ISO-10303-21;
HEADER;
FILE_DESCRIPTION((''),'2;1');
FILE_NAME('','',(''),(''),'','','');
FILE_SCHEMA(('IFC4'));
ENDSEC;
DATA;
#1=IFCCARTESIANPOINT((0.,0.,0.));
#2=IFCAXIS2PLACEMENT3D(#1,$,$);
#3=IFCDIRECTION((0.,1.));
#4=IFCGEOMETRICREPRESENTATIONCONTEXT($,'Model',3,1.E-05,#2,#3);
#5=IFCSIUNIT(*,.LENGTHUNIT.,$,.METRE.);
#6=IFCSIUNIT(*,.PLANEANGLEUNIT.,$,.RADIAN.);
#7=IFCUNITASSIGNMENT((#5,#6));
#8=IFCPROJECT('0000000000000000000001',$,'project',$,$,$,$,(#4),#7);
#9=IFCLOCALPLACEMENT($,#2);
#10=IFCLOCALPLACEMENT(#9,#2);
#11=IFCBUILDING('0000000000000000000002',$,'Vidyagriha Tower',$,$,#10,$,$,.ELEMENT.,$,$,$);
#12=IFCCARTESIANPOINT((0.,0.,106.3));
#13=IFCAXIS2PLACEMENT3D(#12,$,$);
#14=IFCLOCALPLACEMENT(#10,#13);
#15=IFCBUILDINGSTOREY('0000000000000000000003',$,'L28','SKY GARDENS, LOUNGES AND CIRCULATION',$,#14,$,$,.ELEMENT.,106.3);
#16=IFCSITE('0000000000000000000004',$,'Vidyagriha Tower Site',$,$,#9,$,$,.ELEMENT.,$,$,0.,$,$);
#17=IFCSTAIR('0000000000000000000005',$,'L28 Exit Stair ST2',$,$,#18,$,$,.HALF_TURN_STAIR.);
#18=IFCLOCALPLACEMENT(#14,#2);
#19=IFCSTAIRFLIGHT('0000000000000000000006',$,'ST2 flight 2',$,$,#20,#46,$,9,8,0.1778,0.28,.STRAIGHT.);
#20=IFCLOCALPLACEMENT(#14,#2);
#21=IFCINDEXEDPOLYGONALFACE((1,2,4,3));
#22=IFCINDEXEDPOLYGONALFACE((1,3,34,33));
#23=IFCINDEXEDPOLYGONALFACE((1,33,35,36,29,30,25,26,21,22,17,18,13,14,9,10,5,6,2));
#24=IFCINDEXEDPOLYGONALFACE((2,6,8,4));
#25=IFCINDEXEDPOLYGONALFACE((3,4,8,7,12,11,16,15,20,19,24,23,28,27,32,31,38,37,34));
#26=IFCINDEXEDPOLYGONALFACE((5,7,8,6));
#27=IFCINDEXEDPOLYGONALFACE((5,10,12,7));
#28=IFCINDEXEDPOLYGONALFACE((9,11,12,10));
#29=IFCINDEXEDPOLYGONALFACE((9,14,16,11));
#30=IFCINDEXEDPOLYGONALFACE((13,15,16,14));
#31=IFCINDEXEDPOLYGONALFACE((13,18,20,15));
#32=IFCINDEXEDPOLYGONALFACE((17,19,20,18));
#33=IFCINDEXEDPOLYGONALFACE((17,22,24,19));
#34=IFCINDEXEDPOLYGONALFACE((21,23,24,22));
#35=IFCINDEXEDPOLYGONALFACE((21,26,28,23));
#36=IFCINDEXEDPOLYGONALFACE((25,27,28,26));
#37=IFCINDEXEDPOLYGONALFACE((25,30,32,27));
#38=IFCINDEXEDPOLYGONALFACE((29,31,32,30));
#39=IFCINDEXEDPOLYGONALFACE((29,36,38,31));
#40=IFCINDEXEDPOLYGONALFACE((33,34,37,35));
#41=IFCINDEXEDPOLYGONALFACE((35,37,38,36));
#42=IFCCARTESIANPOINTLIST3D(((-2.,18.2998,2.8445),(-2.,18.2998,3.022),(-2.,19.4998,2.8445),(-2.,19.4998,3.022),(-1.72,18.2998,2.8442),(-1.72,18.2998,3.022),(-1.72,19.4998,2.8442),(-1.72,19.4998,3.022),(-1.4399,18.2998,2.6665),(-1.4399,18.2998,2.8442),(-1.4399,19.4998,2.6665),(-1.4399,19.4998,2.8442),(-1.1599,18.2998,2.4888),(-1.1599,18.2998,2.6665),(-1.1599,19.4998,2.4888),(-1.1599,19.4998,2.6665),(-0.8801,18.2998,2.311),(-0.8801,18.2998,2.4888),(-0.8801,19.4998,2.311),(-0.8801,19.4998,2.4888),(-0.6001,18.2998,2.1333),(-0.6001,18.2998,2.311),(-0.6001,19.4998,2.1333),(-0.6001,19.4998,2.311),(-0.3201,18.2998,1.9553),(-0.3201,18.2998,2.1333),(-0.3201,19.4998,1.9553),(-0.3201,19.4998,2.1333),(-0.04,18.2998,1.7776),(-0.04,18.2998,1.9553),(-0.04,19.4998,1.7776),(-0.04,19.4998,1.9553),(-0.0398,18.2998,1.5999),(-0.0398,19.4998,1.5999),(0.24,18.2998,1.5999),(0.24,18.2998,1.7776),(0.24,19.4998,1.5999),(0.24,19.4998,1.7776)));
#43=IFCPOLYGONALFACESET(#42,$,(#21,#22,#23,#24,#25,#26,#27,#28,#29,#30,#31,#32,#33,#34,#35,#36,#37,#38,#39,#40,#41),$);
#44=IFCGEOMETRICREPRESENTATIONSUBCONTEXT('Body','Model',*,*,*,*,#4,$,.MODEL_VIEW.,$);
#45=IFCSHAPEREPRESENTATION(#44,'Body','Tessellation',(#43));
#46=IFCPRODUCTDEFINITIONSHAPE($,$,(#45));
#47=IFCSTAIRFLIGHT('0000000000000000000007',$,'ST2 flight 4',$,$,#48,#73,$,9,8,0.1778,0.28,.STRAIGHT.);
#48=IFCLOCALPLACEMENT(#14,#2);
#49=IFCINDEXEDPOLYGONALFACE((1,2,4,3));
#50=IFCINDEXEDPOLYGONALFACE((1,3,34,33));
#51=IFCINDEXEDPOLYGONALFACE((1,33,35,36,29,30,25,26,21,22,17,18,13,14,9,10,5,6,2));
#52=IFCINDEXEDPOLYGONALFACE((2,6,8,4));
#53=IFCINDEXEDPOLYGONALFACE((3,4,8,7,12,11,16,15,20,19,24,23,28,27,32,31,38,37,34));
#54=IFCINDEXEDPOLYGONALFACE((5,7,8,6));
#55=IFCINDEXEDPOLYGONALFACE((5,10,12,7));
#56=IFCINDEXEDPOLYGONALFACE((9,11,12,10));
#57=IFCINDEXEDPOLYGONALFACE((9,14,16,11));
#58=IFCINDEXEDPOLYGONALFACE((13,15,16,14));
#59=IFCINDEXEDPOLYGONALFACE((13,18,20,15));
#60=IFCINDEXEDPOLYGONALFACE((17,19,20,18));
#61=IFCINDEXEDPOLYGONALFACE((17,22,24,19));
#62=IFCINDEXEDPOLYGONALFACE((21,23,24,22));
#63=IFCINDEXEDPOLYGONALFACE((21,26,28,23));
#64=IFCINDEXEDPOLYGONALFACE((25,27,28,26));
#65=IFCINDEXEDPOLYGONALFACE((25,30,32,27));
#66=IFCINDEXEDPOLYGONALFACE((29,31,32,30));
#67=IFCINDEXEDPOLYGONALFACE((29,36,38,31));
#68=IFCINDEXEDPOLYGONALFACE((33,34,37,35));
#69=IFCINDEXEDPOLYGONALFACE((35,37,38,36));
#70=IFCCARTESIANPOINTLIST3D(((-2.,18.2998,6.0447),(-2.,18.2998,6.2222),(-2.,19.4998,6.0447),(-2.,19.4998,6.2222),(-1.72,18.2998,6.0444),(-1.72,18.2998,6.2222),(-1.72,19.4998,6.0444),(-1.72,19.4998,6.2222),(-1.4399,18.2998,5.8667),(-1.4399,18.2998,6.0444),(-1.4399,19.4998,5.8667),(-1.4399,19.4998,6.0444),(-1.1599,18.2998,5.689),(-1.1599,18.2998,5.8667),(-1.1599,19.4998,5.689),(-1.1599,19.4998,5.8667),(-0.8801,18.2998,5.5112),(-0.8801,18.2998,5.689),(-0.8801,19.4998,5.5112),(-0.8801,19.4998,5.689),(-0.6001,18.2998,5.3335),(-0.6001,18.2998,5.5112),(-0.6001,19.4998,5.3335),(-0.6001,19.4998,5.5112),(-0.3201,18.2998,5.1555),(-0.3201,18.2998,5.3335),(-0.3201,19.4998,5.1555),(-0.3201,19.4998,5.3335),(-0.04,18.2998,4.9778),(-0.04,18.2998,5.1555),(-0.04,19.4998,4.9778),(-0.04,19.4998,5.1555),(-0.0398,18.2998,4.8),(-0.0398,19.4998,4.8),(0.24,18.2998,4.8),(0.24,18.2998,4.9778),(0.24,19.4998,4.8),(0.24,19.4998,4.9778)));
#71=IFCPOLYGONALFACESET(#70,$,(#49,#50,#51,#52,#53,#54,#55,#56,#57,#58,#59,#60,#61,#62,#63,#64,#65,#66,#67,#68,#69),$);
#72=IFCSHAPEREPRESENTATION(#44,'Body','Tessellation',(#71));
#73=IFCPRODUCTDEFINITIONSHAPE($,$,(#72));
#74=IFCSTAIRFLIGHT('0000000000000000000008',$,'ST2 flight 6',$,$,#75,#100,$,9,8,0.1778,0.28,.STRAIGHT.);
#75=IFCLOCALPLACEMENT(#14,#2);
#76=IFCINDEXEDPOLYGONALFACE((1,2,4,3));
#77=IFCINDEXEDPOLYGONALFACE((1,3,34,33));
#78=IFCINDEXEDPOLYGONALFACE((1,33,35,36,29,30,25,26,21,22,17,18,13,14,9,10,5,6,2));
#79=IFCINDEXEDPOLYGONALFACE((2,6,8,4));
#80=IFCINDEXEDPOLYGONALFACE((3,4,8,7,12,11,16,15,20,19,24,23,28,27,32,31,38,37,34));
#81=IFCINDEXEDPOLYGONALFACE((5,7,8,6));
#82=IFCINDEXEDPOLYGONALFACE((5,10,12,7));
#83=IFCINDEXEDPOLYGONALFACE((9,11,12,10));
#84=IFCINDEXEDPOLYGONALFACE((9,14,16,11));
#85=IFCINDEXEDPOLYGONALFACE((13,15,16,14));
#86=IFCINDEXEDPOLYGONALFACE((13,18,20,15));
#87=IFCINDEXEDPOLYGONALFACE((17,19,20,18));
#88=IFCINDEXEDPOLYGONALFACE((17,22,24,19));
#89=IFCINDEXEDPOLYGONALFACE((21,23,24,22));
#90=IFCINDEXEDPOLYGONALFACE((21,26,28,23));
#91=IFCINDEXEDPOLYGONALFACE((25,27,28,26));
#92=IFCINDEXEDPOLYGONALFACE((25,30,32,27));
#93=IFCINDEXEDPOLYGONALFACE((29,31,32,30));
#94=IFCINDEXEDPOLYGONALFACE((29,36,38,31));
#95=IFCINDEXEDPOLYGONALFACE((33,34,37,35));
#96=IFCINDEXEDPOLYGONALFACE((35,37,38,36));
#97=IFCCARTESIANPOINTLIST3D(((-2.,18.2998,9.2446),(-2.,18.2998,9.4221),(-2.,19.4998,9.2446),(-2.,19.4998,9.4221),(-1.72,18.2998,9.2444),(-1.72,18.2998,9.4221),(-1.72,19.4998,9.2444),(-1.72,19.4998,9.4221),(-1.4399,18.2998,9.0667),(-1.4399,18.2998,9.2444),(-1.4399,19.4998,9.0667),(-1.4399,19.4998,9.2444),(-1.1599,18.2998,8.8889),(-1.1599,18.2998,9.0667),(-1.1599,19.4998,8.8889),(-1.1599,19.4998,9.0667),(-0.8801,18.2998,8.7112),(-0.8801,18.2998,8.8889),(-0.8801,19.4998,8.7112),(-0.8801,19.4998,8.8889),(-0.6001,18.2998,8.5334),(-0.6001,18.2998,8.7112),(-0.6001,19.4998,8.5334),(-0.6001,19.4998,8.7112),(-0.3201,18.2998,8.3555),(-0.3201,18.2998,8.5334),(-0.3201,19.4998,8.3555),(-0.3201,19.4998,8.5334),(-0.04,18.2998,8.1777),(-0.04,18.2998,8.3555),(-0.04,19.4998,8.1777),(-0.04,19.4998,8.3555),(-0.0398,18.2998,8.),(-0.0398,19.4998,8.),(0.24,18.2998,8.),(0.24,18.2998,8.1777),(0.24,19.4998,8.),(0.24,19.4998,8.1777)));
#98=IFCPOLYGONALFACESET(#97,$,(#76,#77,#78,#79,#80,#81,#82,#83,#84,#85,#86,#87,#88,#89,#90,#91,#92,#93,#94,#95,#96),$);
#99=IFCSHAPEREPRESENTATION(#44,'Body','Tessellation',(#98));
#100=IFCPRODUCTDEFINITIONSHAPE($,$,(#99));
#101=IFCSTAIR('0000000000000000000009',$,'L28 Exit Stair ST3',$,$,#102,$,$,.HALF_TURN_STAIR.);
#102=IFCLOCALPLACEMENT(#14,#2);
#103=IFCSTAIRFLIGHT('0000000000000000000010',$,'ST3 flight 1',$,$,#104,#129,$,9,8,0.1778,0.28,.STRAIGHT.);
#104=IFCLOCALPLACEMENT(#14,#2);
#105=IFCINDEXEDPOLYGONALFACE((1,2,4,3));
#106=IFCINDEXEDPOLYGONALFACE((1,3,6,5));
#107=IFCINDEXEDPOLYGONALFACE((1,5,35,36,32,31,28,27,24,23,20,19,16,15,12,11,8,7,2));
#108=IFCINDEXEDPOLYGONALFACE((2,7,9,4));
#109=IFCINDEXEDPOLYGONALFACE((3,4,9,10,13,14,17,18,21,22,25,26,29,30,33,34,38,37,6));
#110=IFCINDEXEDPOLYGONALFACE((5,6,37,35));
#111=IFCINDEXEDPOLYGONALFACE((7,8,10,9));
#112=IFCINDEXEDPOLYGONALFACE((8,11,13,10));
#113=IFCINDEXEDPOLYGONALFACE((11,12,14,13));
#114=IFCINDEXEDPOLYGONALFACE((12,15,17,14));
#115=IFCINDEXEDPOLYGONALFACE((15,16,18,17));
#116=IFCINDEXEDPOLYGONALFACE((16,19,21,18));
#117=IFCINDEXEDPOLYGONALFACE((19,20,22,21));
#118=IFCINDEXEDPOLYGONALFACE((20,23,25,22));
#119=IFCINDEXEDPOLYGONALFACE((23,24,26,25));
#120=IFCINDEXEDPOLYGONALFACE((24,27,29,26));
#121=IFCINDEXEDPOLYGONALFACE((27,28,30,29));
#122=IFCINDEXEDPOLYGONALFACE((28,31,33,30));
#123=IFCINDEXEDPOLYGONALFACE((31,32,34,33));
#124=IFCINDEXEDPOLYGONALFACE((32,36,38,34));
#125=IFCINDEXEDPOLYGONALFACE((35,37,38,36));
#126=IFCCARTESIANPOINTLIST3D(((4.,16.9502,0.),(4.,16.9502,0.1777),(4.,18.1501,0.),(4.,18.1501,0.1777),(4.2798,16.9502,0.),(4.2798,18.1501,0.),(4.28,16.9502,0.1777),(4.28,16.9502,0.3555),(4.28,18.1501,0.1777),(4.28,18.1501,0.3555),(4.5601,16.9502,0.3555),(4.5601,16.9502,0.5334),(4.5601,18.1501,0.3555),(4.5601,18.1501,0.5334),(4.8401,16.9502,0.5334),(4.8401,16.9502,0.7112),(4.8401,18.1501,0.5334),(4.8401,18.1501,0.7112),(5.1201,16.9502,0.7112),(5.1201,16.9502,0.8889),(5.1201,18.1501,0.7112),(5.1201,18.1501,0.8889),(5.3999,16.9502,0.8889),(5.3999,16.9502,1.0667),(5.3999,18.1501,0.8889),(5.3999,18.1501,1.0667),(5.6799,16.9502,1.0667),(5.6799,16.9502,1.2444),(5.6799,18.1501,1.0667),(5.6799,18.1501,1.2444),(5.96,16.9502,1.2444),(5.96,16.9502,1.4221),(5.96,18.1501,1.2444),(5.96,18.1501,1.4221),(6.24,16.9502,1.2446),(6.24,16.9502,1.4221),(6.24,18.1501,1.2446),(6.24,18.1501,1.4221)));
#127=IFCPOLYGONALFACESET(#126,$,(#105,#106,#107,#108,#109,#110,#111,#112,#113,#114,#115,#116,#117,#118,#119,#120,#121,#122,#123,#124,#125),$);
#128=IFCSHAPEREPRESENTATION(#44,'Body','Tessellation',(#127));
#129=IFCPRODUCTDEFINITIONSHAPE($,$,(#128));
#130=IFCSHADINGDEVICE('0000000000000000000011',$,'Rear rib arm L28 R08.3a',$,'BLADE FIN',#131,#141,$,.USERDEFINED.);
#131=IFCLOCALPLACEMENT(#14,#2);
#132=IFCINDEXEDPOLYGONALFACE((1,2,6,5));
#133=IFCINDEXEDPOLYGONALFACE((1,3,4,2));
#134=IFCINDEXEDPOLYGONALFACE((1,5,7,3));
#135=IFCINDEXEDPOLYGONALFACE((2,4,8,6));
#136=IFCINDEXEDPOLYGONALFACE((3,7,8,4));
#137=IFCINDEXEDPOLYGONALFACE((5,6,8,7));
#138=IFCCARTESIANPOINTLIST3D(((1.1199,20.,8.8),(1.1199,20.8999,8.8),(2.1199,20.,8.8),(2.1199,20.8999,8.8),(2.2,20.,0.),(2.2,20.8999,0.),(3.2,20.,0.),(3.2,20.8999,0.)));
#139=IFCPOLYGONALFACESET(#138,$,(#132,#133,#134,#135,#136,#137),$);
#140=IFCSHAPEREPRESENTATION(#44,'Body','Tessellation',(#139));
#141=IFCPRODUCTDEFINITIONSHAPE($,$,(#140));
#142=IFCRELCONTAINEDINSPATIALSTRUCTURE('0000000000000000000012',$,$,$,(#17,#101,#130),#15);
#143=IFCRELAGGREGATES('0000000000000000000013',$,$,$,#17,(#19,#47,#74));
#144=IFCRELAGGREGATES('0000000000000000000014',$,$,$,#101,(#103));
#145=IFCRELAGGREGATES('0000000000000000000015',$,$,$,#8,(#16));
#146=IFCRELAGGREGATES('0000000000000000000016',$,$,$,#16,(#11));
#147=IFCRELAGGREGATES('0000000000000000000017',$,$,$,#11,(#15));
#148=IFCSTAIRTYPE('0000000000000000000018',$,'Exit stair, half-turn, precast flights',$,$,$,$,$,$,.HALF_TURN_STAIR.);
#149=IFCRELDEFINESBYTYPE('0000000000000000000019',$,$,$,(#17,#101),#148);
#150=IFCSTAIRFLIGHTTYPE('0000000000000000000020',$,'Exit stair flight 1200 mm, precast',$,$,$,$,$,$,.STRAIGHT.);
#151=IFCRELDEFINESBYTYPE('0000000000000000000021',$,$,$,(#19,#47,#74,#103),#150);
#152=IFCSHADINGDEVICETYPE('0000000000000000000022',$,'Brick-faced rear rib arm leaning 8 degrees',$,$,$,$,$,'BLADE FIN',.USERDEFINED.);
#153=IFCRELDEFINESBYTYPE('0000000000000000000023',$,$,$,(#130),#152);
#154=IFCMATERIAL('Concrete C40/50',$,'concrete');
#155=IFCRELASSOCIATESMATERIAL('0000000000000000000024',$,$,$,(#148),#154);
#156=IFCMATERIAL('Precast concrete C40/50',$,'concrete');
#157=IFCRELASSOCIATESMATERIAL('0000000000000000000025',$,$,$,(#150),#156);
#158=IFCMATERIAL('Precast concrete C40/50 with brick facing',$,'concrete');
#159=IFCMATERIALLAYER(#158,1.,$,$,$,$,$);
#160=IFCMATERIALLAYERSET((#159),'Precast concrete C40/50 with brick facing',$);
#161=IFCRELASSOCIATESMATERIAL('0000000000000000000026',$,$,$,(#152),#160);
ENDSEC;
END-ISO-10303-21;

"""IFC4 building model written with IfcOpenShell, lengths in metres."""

from ifc_helpers import new_model, si_unit, direction, frame, origin, place, context, subcontext, project, spatial, polyline, outline, extrude, material, layer, layer_set, type_object, element, aggregate, save


model = new_model("IFC4")

# Units and contexts
model_context = context("Model", 3, precision=1e-05, world=origin(), true_north=direction((0.0, 1.0)))
body_context = subcontext(model_context, "Body", "Model", "MODEL_VIEW")
ifc_project = project(units=[si_unit("LENGTHUNIT", "METRE"), si_unit("PLANEANGLEUNIT", "RADIAN")], contexts=[model_context])

# Site, building, storey
site_placement = place(None, origin())
site = spatial("IfcSite", under=ifc_project, at=site_placement, Name="Vidyagriha Tower Site", CompositionType="ELEMENT", RefElevation=0.0)
building_placement = place(site_placement, origin())
building = spatial("IfcBuilding", under=site, at=building_placement, Name="Vidyagriha Tower", CompositionType="ELEMENT")
storey_placement = place(building_placement, frame((0.0, 0.0, 106.3)))
storey = spatial("IfcBuildingStorey", under=building, at=storey_placement, Name="L28", Description="SKY GARDENS, LOUNGES AND CIRCULATION", CompositionType="ELEMENT", Elevation=106.3)

# Stair, stair flights
ifc_material_1 = material(Name="Concrete C40/50", Category="concrete")
stair_type = type_object("IfcStairType", Name="Exit stair, half-turn, precast flights", PredefinedType="HALF_TURN_STAIR", material=ifc_material_1)
stair_1_placement = place(storey_placement, origin())
stair_1 = element("IfcStair", 1, at=stair_1_placement, inside=storey, type_object=stair_type, Name="L28 Exit Stair ST2", PredefinedType="HALF_TURN_STAIR")
ifc_material_2 = material(Name="Precast concrete C40/50", Category="concrete")
stair_flight_type = type_object("IfcStairFlightType", Name="Exit stair flight 1200 mm, precast", PredefinedType="STRAIGHT", material=ifc_material_2)
stair_flight_1_placement = place(storey_placement, frame((0.24, 18.8999, 1.5999), z_axis=(0.0, 0.0, 1.0), x_axis=(-1.0, 0.0, 0.0)))
stair_flight_1 = element("IfcStairFlight", 2, at=stair_flight_1_placement, type_object=stair_flight_type, Name="ST2 flight 2", NumberOfRisers=9, NumberOfTreads=8, PredefinedType="STRAIGHT", RiserHeight=0.1778, TreadLength=0.28, context=body_context, shape_type="SweptSolid", body=[
    extrude(outline(polyline([(0.0, 0.0), (0.0, 0.1777), (0.28, 0.1777), (0.28, 0.3555), (0.5601, 0.3555), (0.5601, 0.5334), (0.8401, 0.5334), (0.8401, 0.7112), (1.1201, 0.7112), (1.1201, 0.8889), (1.3999, 0.8889), (1.3999, 1.0667), (1.6799, 1.0667), (1.6799, 1.2444), (1.96, 1.2444), (1.96, 1.4221), (2.24, 1.4221), (2.24, 1.6001), (2.24, 1.2446), (0.2798, 0.0), (0.0, 0.0)])), frame((0.0, 0.6001, 0.0), z_axis=(0.0, -1.0, 0.0), x_axis=(1.0, 0.0, 0.0)), (0.0, 0.0, 1.0), 1.2),
])
stair_flight_2_placement = place(storey_placement, frame((0.24, 18.8999, 4.8), z_axis=(0.0, 0.0, 1.0), x_axis=(-1.0, 0.0, 0.0)))
stair_flight_2 = element("IfcStairFlight", 3, at=stair_flight_2_placement, type_object=stair_flight_type, Name="ST2 flight 4", NumberOfRisers=9, NumberOfTreads=8, PredefinedType="STRAIGHT", RiserHeight=0.1778, TreadLength=0.28, context=body_context, shape_type="SweptSolid", body=[
    extrude(outline(polyline([(0.0, 0.0), (0.0, 0.1777), (0.28, 0.1777), (0.28, 0.3555), (0.5601, 0.3555), (0.5601, 0.5334), (0.8401, 0.5334), (0.8401, 0.7112), (1.1201, 0.7112), (1.1201, 0.8889), (1.3999, 0.8889), (1.3999, 1.0667), (1.6799, 1.0667), (1.6799, 1.2444), (1.96, 1.2444), (1.96, 1.4221), (2.24, 1.4221), (2.24, 1.6001), (2.24, 1.2446), (0.2798, 0.0), (0.0, 0.0)])), frame((0.0, 0.6001, 0.0), z_axis=(0.0, -1.0, 0.0), x_axis=(1.0, 0.0, 0.0)), (0.0, 0.0, 1.0), 1.2),
])
stair_flight_3_placement = place(storey_placement, frame((0.24, 18.8999, 8.0), z_axis=(0.0, 0.0, 1.0), x_axis=(-1.0, 0.0, 0.0)))
stair_flight_3 = element("IfcStairFlight", 4, at=stair_flight_3_placement, type_object=stair_flight_type, Name="ST2 flight 6", NumberOfRisers=9, NumberOfTreads=8, PredefinedType="STRAIGHT", RiserHeight=0.1778, TreadLength=0.28, context=body_context, shape_type="SweptSolid", body=[
    extrude(outline(polyline([(0.0, 0.0), (0.0, 0.1777), (0.28, 0.1777), (0.28, 0.3555), (0.5601, 0.3555), (0.5601, 0.5334), (0.8401, 0.5334), (0.8401, 0.7112), (1.1201, 0.7112), (1.1201, 0.8889), (1.3999, 0.8889), (1.3999, 1.0667), (1.6799, 1.0667), (1.6799, 1.2444), (1.96, 1.2444), (1.96, 1.4221), (2.24, 1.4221), (2.24, 1.6001), (2.24, 1.2446), (0.2798, 0.0), (0.0, 0.0)])), frame((0.0, 0.6001, 0.0), z_axis=(0.0, -1.0, 0.0), x_axis=(1.0, 0.0, 0.0)), (0.0, 0.0, 1.0), 1.2),
])
aggregate(stair_1, [stair_flight_1, stair_flight_2, stair_flight_3])

# Stair, stair flight
stair_2_placement = place(storey_placement, origin())
stair_2 = element("IfcStair", 5, at=stair_2_placement, inside=storey, type_object=stair_type, Name="L28 Exit Stair ST3", PredefinedType="HALF_TURN_STAIR")
stair_flight_4_placement = place(storey_placement, frame((4.0, 17.55, 0.0)))
stair_flight_4 = element("IfcStairFlight", 6, at=stair_flight_4_placement, type_object=stair_flight_type, Name="ST3 flight 1", NumberOfRisers=9, NumberOfTreads=8, PredefinedType="STRAIGHT", RiserHeight=0.1778, TreadLength=0.28, context=body_context, shape_type="SweptSolid", body=[
    extrude(outline(polyline([(0.0, 0.0), (0.0, 0.1777), (0.28, 0.1777), (0.28, 0.3555), (0.5601, 0.3555), (0.5601, 0.5334), (0.8401, 0.5334), (0.8401, 0.7112), (1.1201, 0.7112), (1.1201, 0.8889), (1.3999, 0.8889), (1.3999, 1.0667), (1.6799, 1.0667), (1.6799, 1.2444), (1.96, 1.2444), (1.96, 1.4221), (2.24, 1.4221), (2.24, 1.6001), (2.24, 1.2446), (0.2798, 0.0), (0.0, 0.0)])), frame((0.0, 0.6001, 0.0), z_axis=(0.0, -1.0, 0.0), x_axis=(1.0, 0.0, 0.0)), (0.0, 0.0, 1.0), 1.2),
])
aggregate(stair_2, [stair_flight_4])

# Shading device
ifc_material_3 = material(Name="Precast concrete C40/50 with brick facing", Category="concrete")
ifc_layer = layer(ifc_material_3, 1.0)
ifc_layer_set = layer_set([ifc_layer], Name="Precast concrete C40/50 with brick facing")
shading_device_type = type_object("IfcShadingDeviceType", Name="Brick-faced rear rib arm leaning 8 degrees", ElementType="BLADE FIN", PredefinedType="USERDEFINED", material=ifc_layer_set)
shading_device_placement = place(storey_placement, frame((3.2, 20.45, 0.0), z_axis=(0.0, 0.0, 1.0), x_axis=(-1.0, 0.0, 0.0)))
element("IfcShadingDevice", 7, at=shading_device_placement, inside=storey, type_object=shading_device_type, Name="Rear rib arm L28 R08.3a", ObjectType="BLADE FIN", PredefinedType="USERDEFINED", context=body_context, shape_type="SweptSolid", body=[
    extrude(outline(polyline([(0.0, 0.0), (1.0, 0.0), (2.0801, 8.8), (1.0801, 8.8), (0.0, 0.0)])), frame((0.0, 0.45, 0.0), z_axis=(0.0, -1.0, 0.0), x_axis=(1.0, 0.0, 0.0)), (0.0, 0.0, 1.0), 0.8999),
])

save(model, "model.ifc")
